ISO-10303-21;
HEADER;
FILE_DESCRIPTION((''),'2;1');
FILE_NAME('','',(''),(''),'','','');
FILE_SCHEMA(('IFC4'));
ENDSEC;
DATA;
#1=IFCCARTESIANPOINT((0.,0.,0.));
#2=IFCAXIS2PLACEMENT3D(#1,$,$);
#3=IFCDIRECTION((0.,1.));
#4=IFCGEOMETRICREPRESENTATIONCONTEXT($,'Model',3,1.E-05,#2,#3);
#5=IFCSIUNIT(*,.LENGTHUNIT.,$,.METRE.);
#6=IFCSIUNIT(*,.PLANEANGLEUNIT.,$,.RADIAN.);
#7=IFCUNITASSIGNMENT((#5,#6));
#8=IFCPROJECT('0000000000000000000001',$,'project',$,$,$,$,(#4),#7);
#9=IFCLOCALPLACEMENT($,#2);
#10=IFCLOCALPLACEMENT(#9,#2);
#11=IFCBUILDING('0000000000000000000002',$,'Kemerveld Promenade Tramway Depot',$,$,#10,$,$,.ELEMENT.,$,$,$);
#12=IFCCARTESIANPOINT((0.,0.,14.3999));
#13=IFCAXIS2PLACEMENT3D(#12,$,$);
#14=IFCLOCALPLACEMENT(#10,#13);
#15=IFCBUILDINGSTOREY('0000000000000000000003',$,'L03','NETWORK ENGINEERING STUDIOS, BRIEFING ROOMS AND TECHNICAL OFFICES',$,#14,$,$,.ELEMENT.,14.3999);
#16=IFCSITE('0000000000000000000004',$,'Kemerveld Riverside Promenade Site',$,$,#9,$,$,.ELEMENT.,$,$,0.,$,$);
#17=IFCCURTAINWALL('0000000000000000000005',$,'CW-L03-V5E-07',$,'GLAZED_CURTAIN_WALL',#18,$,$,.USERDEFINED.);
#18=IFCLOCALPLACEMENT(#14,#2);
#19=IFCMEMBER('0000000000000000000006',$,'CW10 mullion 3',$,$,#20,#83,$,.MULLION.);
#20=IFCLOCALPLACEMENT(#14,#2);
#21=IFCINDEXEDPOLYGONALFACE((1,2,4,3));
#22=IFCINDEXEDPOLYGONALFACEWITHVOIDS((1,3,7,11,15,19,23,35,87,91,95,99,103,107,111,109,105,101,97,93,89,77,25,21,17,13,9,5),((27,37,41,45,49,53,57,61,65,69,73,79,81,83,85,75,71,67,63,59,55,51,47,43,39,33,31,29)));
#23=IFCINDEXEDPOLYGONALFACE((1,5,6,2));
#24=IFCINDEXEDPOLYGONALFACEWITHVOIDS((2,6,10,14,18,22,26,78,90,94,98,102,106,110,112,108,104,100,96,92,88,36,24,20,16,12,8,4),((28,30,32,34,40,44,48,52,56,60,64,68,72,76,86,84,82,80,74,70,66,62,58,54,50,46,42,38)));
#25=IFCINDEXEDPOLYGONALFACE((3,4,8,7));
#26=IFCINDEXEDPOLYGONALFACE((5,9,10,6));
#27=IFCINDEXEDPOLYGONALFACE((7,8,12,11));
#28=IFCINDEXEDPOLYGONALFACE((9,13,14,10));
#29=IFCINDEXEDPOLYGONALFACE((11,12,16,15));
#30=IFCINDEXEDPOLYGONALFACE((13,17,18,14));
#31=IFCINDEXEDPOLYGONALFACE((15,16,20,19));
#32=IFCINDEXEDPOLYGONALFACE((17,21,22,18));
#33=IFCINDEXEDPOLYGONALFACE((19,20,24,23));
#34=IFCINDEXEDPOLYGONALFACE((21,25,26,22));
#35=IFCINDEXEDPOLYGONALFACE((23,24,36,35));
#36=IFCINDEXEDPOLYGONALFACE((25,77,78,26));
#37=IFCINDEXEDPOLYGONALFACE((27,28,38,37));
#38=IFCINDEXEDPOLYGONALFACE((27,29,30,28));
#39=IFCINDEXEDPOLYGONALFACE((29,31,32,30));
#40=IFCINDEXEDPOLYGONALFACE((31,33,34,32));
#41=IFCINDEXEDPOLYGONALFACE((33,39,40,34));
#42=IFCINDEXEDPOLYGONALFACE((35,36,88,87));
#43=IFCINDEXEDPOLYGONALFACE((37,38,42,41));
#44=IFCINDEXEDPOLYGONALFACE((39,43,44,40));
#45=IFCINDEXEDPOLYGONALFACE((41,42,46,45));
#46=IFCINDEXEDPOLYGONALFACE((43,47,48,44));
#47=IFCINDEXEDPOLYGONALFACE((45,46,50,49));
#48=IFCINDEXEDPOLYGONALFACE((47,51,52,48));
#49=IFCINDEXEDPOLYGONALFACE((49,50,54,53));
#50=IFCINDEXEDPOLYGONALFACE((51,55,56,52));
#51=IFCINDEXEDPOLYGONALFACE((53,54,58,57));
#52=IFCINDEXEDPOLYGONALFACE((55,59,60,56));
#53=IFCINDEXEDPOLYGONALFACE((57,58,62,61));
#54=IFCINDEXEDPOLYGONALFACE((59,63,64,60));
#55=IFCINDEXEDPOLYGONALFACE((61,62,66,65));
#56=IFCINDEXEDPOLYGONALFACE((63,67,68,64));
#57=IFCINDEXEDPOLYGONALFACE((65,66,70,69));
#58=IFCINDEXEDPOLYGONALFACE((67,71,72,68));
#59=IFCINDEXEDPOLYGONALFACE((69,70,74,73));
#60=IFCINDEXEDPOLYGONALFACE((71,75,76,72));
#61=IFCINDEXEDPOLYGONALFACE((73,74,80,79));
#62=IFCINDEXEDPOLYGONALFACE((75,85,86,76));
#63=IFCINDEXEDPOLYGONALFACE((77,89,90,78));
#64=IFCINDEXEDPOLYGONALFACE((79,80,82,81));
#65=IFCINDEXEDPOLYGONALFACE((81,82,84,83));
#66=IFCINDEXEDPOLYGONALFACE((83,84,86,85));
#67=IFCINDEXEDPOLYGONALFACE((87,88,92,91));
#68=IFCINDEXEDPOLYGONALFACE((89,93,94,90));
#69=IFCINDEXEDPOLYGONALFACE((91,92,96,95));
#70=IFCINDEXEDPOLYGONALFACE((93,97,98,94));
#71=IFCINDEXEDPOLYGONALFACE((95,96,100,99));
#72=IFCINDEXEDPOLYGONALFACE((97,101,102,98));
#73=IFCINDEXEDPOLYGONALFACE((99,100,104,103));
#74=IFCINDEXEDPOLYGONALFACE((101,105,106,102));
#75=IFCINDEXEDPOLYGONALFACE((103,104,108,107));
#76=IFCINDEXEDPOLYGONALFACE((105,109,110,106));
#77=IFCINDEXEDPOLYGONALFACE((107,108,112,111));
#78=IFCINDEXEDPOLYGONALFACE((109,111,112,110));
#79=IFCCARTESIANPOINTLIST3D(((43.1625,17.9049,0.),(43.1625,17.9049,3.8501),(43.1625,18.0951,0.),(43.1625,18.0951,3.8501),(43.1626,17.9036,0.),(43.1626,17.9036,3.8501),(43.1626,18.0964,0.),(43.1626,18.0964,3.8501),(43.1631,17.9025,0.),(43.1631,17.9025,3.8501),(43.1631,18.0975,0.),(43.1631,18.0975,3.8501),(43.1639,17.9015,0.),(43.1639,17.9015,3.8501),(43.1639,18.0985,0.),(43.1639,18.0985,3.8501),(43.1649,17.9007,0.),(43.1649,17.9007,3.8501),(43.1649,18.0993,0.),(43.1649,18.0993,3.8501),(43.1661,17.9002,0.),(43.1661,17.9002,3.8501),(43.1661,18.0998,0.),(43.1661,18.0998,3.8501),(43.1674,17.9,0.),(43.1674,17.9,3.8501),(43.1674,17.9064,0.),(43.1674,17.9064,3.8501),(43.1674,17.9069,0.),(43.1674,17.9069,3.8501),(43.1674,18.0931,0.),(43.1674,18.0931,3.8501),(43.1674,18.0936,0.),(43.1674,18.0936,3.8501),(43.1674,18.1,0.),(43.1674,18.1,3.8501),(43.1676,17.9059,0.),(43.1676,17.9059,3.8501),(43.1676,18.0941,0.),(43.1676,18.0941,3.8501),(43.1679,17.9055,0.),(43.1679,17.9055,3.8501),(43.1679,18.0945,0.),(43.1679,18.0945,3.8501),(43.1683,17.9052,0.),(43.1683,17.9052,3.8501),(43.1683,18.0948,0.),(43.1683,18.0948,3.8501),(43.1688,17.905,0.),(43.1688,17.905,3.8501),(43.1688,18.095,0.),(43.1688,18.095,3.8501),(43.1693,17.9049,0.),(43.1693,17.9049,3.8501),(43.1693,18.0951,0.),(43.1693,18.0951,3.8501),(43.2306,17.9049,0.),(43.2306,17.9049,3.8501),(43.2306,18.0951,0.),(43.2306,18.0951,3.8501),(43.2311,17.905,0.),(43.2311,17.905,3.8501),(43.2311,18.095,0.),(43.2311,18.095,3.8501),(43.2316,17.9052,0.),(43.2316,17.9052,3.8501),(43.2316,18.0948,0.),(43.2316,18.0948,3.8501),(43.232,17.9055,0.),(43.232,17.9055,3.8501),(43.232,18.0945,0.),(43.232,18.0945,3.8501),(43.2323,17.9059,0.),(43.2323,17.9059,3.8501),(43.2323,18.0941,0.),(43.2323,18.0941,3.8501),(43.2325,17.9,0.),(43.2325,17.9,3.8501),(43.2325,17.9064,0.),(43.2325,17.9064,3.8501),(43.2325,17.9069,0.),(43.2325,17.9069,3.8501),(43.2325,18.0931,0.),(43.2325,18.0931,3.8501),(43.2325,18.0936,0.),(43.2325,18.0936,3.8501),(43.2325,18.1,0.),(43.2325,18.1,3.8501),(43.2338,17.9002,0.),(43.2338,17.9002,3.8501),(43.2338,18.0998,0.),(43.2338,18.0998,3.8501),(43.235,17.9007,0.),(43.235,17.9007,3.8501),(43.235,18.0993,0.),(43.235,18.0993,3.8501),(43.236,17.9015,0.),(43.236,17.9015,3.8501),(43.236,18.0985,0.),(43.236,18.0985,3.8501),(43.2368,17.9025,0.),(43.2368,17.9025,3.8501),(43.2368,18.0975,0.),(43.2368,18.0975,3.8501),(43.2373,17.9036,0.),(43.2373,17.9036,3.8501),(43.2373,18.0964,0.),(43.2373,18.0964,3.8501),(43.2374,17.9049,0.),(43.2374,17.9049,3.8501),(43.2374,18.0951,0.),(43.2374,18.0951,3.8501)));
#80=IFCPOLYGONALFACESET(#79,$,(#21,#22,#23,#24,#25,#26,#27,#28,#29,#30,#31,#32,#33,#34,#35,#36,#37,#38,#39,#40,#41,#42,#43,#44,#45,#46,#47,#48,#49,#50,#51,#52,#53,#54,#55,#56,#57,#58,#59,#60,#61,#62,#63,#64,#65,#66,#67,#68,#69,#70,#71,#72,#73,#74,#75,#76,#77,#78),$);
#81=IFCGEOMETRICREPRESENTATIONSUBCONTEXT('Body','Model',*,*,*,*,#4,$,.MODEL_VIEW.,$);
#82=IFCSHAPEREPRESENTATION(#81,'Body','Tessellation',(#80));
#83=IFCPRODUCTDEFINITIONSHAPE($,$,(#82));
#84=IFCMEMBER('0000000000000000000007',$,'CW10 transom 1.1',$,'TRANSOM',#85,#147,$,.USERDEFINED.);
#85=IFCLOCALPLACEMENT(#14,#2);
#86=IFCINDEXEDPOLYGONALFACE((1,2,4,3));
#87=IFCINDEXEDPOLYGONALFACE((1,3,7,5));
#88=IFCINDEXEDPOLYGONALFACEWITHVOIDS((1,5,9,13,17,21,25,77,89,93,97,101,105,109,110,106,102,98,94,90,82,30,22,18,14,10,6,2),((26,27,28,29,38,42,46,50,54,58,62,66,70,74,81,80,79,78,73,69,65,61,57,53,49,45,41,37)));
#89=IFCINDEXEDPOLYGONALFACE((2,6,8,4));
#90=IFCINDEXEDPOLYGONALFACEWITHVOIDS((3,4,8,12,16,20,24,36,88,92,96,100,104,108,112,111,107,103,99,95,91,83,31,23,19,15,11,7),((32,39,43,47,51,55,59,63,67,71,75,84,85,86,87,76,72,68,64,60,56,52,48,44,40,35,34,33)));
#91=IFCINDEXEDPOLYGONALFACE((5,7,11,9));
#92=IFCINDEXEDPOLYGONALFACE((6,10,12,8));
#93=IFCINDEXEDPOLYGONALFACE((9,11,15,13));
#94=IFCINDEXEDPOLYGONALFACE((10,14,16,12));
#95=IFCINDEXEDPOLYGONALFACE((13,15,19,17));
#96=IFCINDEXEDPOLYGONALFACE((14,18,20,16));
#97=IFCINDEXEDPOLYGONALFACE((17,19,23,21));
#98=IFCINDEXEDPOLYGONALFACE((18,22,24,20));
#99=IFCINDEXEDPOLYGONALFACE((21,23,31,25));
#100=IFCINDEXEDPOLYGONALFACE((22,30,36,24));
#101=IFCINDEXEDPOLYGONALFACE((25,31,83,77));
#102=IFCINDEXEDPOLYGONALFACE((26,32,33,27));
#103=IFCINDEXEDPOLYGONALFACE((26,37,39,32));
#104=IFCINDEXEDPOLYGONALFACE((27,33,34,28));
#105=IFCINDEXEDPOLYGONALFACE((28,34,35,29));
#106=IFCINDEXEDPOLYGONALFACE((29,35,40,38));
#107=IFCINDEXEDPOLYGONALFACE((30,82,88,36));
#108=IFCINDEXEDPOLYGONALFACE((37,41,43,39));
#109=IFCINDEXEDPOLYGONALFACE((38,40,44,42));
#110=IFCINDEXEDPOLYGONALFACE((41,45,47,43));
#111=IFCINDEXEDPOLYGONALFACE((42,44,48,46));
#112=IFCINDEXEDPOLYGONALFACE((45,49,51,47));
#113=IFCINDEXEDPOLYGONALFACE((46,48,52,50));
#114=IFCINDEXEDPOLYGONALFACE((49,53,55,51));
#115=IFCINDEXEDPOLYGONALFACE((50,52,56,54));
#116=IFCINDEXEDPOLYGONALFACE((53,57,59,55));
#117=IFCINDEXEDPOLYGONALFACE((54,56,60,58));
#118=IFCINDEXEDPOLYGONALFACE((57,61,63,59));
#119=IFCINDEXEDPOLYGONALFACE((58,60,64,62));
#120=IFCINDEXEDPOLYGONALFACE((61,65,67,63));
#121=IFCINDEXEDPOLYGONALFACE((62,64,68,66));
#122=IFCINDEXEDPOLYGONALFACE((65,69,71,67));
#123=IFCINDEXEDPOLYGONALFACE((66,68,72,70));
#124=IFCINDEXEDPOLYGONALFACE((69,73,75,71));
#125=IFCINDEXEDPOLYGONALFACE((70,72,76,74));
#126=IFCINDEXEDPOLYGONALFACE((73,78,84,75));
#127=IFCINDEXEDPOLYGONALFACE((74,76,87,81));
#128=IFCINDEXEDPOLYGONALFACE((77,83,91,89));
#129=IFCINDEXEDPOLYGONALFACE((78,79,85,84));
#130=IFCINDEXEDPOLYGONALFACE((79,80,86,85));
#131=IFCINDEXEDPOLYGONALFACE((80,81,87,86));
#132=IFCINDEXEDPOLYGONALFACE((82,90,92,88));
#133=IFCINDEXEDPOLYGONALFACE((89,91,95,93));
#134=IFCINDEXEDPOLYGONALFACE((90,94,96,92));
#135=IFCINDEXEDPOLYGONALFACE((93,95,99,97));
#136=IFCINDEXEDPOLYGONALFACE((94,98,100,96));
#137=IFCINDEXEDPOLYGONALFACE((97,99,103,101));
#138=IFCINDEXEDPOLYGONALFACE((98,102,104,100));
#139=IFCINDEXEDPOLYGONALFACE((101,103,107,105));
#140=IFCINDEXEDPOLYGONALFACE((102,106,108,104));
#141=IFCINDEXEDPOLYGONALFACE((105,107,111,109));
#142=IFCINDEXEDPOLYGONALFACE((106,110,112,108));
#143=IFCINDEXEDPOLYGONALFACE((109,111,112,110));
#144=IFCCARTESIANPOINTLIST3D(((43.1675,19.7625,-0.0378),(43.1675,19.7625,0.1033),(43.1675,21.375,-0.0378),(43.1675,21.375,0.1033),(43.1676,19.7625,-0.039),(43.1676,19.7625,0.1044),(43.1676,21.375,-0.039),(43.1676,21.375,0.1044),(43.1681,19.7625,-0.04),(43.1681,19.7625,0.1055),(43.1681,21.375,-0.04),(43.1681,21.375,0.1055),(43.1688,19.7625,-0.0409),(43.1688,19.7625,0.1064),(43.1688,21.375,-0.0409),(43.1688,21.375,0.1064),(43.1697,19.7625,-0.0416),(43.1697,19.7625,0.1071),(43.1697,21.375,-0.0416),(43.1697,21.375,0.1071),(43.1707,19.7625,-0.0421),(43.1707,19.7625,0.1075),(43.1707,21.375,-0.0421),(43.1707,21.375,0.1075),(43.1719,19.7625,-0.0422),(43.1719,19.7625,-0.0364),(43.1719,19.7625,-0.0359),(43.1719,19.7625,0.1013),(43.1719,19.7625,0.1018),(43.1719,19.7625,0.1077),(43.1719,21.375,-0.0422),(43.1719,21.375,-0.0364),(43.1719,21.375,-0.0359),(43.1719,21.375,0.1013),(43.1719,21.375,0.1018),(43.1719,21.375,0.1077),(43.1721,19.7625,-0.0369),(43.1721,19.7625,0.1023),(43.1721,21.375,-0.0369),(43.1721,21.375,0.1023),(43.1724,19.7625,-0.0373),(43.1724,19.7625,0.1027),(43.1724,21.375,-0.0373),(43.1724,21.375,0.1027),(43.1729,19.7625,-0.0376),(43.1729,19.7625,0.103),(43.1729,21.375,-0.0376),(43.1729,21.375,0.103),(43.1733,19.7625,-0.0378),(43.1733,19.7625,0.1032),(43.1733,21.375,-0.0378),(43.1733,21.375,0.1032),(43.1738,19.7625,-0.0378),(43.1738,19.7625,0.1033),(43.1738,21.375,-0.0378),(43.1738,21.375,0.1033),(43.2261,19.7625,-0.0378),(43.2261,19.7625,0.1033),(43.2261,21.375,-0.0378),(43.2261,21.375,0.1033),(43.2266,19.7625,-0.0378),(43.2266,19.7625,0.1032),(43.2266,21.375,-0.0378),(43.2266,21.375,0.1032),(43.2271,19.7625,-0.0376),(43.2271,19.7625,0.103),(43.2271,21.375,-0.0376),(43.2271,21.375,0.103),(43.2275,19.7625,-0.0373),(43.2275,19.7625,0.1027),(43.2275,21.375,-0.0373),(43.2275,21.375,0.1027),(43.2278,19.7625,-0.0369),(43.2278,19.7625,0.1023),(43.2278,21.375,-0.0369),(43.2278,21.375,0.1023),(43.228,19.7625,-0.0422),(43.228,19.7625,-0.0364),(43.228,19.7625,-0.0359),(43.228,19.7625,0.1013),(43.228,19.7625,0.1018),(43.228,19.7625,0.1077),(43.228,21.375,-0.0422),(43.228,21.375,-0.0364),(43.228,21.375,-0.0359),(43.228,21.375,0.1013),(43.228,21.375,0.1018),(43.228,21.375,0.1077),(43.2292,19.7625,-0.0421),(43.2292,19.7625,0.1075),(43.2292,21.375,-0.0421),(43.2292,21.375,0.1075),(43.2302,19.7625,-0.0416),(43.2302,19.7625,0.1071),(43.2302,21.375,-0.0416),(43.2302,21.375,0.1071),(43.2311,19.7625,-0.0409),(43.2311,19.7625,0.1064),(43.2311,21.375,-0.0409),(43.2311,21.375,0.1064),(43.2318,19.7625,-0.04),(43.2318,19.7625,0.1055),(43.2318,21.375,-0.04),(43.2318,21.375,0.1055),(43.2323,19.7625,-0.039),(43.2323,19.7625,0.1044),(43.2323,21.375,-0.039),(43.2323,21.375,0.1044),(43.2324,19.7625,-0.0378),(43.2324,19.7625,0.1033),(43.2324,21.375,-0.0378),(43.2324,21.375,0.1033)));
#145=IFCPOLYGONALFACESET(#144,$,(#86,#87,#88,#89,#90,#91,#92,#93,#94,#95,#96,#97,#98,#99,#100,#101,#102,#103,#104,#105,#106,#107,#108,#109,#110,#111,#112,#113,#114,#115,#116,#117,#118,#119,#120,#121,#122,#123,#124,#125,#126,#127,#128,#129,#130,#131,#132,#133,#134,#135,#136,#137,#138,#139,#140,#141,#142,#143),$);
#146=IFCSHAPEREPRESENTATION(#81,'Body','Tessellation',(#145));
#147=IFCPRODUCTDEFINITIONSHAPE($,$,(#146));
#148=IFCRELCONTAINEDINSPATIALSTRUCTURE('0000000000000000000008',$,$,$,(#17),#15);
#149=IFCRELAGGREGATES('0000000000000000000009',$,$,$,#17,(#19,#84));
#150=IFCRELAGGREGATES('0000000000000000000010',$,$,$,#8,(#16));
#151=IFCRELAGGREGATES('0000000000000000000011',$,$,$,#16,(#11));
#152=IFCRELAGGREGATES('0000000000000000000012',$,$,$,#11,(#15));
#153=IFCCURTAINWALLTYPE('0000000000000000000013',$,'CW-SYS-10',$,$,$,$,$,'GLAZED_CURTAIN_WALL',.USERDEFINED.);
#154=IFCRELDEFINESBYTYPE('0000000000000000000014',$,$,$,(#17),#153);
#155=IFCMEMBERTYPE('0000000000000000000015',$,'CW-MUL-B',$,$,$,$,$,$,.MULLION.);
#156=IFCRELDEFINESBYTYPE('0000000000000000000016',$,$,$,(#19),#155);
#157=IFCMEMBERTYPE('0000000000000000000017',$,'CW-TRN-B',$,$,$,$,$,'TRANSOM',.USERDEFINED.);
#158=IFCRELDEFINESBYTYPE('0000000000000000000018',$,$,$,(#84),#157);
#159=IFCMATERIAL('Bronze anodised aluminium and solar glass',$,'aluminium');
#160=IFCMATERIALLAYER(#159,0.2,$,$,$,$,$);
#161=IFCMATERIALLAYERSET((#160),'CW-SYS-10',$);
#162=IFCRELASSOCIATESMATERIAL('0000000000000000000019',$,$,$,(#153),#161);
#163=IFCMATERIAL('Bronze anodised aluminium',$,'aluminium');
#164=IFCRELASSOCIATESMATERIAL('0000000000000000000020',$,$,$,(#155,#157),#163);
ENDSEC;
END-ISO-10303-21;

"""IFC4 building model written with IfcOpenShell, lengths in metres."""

from ifc_helpers import new_model, si_unit, direction, frame, origin, origin_2d, place, context, subcontext, project, spatial, hollow_rectangle, extrude, material, layer, layer_set, material_profile, profile_set, type_object, element, aggregate, save


model = new_model("IFC4")

# Units and contexts
model_context = context("Model", 3, precision=1e-05, world=origin(), true_north=direction((0.0, 1.0)))
body_context = subcontext(model_context, "Body", "Model", "MODEL_VIEW")
ifc_project = project(units=[si_unit("LENGTHUNIT", "METRE"), si_unit("PLANEANGLEUNIT", "RADIAN")], contexts=[model_context])

# Site, building, storey
site_placement = place(None, origin())
site = spatial("IfcSite", under=ifc_project, at=site_placement, Name="Kemerveld Riverside Promenade Site", CompositionType="ELEMENT", RefElevation=0.0)
building_placement = place(site_placement, origin())
building = spatial("IfcBuilding", under=site, at=building_placement, Name="Kemerveld Promenade Tramway Depot", CompositionType="ELEMENT")
storey_placement = place(building_placement, frame((0.0, 0.0, 14.3999)))
storey = spatial("IfcBuildingStorey", under=building, at=storey_placement, Name="L03", Description="NETWORK ENGINEERING STUDIOS, BRIEFING ROOMS AND TECHNICAL OFFICES", CompositionType="ELEMENT", Elevation=14.3999)

# Curtain wall, members
ifc_material_1 = material(Name="Bronze anodised aluminium and solar glass", Category="aluminium")
ifc_layer_1 = layer(ifc_material_1, 0.2)
ifc_layer_set_1 = layer_set([ifc_layer_1], Name="CW-SYS-10")
curtain_wall_type = type_object("IfcCurtainWallType", Name="CW-SYS-10", ElementType="GLAZED_CURTAIN_WALL", PredefinedType="USERDEFINED", material=ifc_layer_set_1)
curtain_wall_placement = place(storey_placement, origin())
curtain_wall = element("IfcCurtainWall", 1, at=curtain_wall_placement, inside=storey, type_object=curtain_wall_type, Name="CW-L03-V5E-07", ObjectType="GLAZED_CURTAIN_WALL", PredefinedType="USERDEFINED")
ifc_material_2 = material(Name="Bronze anodised aluminium", Category="aluminium")
ifc_material_profile_1 = material_profile(ifc_material_2, hollow_rectangle(XDim=0.075, YDim=0.2, WallThickness=0.0049, InnerFilletRadius=0.002, OuterFilletRadius=0.0049, at=origin_2d()), Name="CW-MUL-200x75")
ifc_profile_set_1 = profile_set([ifc_material_profile_1], Name="Bronze anodised aluminium")
member_type_1 = type_object("IfcMemberType", Name="CW-MUL-B", PredefinedType="MULLION", material=ifc_profile_set_1)
member_1_placement = place(storey_placement, frame((43.2, 18.0, 0.0), z_axis=(0.0, 0.0, 1.0), x_axis=(1.0, 0.0, 0.0)))
member_1 = element("IfcMember", 2, at=member_1_placement, type_object=member_type_1, Name="CW10 mullion 3", PredefinedType="MULLION", context=body_context, shape_type="SweptSolid", body=[
    extrude(hollow_rectangle(XDim=0.075, YDim=0.2, WallThickness=0.0049, InnerFilletRadius=0.002, OuterFilletRadius=0.0049, at=origin_2d()), origin(), (0.0, 0.0, 1.0), 3.8501),
])
ifc_material_profile_2 = material_profile(ifc_material_2, hollow_rectangle(XDim=0.0649, YDim=0.1499, WallThickness=0.0044, InnerFilletRadius=0.002, OuterFilletRadius=0.0044, at=origin_2d()), Name="CW-TRN-150x65")
ifc_profile_set_2 = profile_set([ifc_material_profile_2], Name="Bronze anodised aluminium")
member_type_2 = type_object("IfcMemberType", Name="CW-TRN-B", ElementType="TRANSOM", PredefinedType="USERDEFINED", material=ifc_profile_set_2)
member_2_placement = place(storey_placement, frame((43.2, 21.375, 0.0327), z_axis=(0.0, -1.0, 0.0), x_axis=(1.0, 0.0, 0.0)))
member_2 = element("IfcMember", 3, at=member_2_placement, type_object=member_type_2, Name="CW10 transom 1.1", ObjectType="TRANSOM", PredefinedType="USERDEFINED", context=body_context, shape_type="SweptSolid", body=[
    extrude(hollow_rectangle(XDim=0.0649, YDim=0.1499, WallThickness=0.0044, InnerFilletRadius=0.002, OuterFilletRadius=0.0044, at=origin_2d()), origin(), (0.0, 0.0, 1.0), 1.6125),
])
aggregate(curtain_wall, [member_1, member_2])

save(model, "model.ifc")
